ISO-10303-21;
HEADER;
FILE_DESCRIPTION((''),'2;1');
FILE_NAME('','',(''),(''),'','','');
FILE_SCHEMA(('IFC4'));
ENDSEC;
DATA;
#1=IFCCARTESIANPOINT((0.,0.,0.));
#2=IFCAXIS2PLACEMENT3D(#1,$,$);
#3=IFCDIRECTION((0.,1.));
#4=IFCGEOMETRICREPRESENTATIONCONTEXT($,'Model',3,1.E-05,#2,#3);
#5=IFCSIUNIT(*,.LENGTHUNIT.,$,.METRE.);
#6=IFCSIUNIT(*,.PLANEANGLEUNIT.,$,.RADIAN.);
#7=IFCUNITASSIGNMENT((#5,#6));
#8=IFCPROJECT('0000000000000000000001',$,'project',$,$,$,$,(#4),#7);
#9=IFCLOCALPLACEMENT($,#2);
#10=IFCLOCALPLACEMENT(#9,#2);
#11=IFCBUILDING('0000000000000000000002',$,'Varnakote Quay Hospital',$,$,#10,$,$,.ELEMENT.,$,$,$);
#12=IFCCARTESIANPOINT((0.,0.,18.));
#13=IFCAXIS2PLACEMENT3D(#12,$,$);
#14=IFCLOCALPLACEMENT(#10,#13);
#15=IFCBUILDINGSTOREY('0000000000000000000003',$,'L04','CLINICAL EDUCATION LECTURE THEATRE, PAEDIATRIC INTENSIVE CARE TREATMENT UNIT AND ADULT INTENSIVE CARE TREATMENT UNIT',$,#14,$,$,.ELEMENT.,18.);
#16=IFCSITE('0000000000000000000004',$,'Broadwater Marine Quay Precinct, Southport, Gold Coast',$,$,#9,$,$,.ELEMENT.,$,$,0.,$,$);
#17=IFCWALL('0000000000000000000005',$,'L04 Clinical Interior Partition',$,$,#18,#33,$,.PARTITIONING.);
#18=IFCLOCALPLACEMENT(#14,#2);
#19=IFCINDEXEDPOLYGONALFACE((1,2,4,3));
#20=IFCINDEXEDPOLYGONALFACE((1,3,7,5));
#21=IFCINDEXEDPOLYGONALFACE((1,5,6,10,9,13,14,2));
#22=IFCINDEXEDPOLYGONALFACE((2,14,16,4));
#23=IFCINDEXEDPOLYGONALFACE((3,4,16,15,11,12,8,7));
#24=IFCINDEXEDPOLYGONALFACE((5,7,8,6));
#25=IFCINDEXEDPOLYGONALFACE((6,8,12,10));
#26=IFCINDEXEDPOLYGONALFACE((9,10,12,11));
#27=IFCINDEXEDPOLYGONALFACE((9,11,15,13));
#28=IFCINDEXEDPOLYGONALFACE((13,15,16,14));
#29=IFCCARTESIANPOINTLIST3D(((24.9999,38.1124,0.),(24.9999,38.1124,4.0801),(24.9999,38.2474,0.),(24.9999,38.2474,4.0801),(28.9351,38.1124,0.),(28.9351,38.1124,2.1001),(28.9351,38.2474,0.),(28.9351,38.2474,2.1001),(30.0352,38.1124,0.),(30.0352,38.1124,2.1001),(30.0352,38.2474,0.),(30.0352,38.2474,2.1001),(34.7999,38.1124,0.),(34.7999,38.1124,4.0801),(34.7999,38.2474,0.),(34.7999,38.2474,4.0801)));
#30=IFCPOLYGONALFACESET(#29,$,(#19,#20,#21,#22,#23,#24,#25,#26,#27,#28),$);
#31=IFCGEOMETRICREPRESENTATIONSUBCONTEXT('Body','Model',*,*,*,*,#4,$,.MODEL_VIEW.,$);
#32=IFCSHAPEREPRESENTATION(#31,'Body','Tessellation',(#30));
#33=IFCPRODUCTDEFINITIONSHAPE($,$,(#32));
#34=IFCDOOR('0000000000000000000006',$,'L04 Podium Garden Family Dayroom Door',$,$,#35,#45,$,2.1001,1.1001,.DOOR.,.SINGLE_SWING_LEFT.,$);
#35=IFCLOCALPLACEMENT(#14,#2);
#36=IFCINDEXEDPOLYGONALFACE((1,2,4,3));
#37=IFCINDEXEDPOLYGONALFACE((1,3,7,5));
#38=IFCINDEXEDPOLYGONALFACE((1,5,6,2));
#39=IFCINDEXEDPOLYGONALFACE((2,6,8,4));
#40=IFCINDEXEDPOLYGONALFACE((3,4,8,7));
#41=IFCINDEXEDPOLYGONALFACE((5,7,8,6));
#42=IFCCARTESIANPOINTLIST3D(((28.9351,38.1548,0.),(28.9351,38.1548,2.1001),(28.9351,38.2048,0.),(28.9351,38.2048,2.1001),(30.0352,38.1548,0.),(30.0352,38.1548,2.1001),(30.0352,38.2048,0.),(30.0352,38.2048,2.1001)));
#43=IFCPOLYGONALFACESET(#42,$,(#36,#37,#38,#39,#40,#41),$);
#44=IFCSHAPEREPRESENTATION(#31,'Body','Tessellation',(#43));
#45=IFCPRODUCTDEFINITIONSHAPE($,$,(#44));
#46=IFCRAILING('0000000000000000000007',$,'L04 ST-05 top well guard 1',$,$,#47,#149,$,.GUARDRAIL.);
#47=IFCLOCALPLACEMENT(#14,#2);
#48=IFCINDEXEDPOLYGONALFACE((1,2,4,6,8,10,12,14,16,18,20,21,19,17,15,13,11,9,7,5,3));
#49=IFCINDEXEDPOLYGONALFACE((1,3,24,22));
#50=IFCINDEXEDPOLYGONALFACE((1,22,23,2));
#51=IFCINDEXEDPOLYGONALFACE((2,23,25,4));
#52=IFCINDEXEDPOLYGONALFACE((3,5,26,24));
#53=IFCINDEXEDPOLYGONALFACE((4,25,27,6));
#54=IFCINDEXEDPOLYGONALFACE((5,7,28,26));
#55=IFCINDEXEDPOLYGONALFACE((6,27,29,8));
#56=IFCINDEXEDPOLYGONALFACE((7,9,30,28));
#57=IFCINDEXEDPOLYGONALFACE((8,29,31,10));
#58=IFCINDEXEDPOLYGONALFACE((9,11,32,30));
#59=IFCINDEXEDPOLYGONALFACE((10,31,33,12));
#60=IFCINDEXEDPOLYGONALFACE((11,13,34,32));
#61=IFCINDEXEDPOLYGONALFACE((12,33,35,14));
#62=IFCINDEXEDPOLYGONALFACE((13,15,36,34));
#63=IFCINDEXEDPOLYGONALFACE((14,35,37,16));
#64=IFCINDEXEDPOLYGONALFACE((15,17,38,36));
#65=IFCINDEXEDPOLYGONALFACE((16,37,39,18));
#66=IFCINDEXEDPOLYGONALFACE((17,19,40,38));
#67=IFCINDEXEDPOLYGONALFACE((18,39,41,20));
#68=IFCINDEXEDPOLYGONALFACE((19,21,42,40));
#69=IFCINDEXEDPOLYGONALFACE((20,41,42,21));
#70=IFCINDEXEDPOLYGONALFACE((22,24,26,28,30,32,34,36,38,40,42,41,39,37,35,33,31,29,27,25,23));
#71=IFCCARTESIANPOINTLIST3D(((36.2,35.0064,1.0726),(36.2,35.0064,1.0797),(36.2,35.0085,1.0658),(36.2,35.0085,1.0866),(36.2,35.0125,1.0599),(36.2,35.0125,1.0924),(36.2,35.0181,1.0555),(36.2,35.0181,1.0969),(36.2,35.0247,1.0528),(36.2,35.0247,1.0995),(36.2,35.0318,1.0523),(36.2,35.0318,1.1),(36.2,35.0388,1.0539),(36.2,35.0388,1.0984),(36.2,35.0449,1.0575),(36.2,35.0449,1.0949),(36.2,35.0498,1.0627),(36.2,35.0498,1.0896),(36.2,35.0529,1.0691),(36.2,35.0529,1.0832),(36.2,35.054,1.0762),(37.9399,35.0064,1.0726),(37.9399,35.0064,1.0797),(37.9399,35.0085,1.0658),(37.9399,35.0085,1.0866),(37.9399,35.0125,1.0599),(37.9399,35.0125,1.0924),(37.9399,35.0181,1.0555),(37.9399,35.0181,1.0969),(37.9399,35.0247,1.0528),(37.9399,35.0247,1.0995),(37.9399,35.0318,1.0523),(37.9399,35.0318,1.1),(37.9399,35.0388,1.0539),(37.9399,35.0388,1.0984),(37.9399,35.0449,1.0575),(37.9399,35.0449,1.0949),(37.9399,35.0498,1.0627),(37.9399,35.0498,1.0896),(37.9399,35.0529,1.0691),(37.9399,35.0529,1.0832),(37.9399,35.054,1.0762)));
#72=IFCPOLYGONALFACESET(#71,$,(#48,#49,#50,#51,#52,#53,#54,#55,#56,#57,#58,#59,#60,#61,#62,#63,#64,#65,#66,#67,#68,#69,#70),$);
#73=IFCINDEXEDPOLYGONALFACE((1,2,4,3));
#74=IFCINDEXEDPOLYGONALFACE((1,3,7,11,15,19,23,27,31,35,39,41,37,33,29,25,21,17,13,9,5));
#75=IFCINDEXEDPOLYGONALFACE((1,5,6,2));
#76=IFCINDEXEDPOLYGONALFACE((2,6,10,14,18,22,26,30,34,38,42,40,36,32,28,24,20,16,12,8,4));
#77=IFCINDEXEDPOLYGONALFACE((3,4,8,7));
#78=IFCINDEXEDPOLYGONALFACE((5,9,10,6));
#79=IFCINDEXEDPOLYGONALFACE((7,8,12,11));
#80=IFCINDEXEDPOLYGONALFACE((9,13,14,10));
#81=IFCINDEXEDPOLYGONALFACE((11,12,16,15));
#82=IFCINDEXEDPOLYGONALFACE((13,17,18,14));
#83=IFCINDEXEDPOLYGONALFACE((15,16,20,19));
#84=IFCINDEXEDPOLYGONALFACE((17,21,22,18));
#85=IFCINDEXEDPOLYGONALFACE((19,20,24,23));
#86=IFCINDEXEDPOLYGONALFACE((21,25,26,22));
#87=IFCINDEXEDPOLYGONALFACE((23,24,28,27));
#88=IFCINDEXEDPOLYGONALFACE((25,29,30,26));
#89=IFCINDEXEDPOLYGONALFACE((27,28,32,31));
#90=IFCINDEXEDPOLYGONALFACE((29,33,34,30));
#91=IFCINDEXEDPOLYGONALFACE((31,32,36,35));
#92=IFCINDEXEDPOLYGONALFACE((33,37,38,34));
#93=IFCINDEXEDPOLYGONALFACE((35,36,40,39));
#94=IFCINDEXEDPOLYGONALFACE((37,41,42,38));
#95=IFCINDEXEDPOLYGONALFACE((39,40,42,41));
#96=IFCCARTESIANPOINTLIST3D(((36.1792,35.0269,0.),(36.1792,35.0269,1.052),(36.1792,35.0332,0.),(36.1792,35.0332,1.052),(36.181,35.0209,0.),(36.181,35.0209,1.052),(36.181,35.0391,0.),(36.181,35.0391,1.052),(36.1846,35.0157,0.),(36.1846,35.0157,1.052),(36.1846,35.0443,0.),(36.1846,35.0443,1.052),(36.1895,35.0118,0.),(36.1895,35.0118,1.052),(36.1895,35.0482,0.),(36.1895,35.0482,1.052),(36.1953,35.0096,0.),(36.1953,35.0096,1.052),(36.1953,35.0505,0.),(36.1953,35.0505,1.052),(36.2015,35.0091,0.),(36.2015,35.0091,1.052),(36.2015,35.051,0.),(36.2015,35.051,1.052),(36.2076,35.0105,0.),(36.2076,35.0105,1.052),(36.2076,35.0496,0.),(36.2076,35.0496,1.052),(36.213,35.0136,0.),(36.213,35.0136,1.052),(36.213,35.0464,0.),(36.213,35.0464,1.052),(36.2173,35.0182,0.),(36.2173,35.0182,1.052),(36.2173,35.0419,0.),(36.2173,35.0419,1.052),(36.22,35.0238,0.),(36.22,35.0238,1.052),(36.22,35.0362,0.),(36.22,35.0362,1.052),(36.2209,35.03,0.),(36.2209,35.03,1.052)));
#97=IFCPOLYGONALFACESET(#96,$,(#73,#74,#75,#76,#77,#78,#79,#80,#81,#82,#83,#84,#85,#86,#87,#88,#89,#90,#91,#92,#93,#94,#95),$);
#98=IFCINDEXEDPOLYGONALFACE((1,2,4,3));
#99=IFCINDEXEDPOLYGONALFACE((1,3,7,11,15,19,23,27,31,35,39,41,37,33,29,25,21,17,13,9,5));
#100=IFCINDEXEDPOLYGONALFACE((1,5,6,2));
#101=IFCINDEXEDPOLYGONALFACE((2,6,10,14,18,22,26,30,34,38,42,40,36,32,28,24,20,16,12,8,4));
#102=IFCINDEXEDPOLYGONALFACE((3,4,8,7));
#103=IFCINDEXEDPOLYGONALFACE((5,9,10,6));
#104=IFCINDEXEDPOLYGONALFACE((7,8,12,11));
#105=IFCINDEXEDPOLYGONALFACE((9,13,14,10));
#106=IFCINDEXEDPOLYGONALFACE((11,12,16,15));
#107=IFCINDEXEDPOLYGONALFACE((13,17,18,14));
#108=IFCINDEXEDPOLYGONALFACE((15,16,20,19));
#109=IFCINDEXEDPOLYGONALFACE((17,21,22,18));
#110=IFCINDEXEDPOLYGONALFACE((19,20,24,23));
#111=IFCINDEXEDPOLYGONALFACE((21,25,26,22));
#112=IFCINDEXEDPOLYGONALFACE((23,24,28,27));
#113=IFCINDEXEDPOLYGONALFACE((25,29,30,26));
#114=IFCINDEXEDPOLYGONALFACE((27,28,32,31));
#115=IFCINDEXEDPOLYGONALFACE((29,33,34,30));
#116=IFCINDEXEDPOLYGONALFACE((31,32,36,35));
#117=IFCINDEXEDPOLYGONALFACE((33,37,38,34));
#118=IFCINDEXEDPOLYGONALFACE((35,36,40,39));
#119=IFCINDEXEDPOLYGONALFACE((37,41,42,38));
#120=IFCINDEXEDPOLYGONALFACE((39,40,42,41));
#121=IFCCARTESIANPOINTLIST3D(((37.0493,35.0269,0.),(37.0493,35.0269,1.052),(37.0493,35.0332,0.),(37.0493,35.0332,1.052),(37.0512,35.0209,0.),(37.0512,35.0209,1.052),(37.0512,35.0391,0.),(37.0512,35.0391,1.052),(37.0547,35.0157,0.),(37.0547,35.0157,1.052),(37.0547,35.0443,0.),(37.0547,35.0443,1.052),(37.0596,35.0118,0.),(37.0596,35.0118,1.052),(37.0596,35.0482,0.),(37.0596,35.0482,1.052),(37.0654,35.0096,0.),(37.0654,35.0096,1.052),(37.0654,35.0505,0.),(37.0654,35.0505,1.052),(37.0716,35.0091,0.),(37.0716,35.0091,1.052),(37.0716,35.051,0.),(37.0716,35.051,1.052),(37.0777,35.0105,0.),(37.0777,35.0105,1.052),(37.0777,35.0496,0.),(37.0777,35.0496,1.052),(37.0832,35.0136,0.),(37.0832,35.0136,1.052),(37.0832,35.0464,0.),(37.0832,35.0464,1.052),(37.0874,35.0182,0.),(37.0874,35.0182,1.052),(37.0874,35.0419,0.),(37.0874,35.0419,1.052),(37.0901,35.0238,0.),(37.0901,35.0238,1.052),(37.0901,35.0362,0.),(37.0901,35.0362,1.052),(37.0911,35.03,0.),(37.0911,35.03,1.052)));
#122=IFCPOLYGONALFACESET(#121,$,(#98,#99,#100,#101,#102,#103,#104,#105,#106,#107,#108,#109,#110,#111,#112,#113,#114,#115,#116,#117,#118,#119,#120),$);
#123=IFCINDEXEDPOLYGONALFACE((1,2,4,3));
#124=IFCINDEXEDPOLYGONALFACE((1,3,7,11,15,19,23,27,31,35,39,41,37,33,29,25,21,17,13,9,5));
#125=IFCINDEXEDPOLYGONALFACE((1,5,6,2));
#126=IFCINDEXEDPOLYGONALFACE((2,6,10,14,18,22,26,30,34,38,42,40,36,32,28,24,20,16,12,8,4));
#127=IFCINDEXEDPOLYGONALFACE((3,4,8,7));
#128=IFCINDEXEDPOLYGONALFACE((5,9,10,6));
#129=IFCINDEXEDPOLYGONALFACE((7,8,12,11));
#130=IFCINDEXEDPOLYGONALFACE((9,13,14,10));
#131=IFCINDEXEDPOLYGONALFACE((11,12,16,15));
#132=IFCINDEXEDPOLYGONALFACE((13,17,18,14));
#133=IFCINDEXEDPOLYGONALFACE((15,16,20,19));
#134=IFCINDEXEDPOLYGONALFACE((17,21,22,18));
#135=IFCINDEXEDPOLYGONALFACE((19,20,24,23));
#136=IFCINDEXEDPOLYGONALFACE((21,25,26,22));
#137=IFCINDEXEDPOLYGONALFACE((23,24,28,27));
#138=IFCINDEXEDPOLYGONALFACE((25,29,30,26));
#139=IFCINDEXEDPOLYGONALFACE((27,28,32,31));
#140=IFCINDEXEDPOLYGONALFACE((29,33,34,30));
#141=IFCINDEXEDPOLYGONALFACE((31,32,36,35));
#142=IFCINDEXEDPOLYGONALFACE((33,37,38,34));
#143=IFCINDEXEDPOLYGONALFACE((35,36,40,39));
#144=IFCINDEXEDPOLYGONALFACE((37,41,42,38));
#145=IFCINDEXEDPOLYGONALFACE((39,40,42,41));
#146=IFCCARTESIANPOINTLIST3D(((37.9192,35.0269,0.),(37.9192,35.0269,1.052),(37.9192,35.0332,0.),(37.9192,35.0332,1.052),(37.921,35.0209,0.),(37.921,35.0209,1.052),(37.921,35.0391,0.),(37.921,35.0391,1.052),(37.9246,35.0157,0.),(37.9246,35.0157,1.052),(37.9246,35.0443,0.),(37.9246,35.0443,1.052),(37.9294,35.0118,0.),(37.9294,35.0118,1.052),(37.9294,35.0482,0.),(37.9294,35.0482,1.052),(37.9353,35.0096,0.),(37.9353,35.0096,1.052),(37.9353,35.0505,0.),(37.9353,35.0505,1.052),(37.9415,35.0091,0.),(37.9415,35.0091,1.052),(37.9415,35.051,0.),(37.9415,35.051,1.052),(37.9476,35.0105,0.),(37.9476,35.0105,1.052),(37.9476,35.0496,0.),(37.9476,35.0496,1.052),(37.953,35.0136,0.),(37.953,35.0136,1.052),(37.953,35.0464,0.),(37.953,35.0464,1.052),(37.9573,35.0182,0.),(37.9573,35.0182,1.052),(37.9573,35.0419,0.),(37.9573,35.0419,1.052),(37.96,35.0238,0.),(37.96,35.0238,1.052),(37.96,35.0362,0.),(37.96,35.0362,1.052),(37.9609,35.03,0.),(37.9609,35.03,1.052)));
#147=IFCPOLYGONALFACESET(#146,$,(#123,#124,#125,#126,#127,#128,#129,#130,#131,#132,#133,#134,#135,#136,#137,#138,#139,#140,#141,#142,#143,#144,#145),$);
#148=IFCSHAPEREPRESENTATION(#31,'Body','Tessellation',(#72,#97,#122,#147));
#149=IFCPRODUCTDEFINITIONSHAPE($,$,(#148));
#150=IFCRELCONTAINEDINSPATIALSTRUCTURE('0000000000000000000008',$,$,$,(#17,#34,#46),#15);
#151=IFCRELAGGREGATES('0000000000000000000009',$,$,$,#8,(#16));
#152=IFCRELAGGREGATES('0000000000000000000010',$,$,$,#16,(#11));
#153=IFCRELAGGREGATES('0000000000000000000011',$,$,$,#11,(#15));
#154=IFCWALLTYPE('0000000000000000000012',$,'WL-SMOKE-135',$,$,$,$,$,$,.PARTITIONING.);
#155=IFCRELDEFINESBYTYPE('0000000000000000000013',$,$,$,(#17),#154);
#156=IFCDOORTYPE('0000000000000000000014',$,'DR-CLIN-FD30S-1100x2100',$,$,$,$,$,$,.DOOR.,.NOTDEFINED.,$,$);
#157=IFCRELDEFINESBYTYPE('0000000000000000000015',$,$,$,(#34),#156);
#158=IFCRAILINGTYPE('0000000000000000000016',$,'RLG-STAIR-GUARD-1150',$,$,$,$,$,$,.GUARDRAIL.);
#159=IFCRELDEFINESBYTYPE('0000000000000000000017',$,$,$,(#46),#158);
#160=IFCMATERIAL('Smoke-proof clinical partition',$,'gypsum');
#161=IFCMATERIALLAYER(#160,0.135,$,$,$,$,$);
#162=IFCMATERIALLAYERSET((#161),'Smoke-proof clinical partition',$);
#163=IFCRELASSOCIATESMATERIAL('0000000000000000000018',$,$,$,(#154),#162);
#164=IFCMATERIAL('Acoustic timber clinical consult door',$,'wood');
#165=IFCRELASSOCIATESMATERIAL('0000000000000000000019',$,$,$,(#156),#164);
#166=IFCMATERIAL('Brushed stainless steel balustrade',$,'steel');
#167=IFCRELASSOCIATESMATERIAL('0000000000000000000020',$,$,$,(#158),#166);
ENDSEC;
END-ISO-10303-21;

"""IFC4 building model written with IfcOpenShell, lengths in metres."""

from ifc_helpers import new_model, si_unit, direction, frame, frame_2d, origin, origin_2d, place, context, subcontext, project, spatial, rectangle, circle, extrude, material, layer, layer_set, type_object, element, fill, save


model = new_model("IFC4")

# Units and contexts
model_context = context("Model", 3, precision=1e-05, world=origin(), true_north=direction((0.0, 1.0)))
body_context = subcontext(model_context, "Body", "Model", "MODEL_VIEW")
ifc_project = project(units=[si_unit("LENGTHUNIT", "METRE"), si_unit("PLANEANGLEUNIT", "RADIAN")], contexts=[model_context])

# Site, building, storey
site_placement = place(None, origin())
site = spatial("IfcSite", under=ifc_project, at=site_placement, Name="Broadwater Marine Quay Precinct, Southport, Gold Coast", CompositionType="ELEMENT", RefElevation=0.0)
building_placement = place(site_placement, origin())
building = spatial("IfcBuilding", under=site, at=building_placement, Name="Varnakote Quay Hospital", CompositionType="ELEMENT")
storey_placement = place(building_placement, frame((0.0, 0.0, 18.0)))
storey = spatial("IfcBuildingStorey", under=building, at=storey_placement, Name="L04", Description="CLINICAL EDUCATION LECTURE THEATRE, PAEDIATRIC INTENSIVE CARE TREATMENT UNIT AND ADULT INTENSIVE CARE TREATMENT UNIT", CompositionType="ELEMENT", Elevation=18.0)

# Shared definitions
ifc_material_1 = material(Name="Smoke-proof clinical partition", Category="gypsum")
ifc_layer_1 = layer(ifc_material_1, 0.135)
ifc_layer_set_1 = layer_set([ifc_layer_1], Name="Smoke-proof clinical partition")
wall_type_1 = type_object("IfcWallType", Name="WL-SMOKE-135", PredefinedType="PARTITIONING", material=ifc_layer_set_1)

# Wall, opening, door
wall_1_placement = place(storey_placement, frame((25.0, 38.1799, 0.0), z_axis=(0.0, 0.0, 1.0), x_axis=(1.0, 0.0, 0.0)))
wall_1 = element("IfcWall", 1, at=wall_1_placement, inside=storey, type_object=wall_type_1, Name="L04 Clinical Interior Partition", PredefinedType="PARTITIONING", context=body_context, shape_type="SweptSolid", body=[
    extrude(rectangle(XDim=9.8, YDim=0.135, at=frame_2d((4.8999, 0.0))), origin(), (0.0, 0.0, 1.0), 4.0801),
])
opening_1_placement = place(wall_1_placement, frame((3.9351, 0.0, 0.0)))
opening_1 = element("IfcOpeningElement", 2, at=opening_1_placement, cuts=wall_1, PredefinedType="OPENING", context=body_context, shape_type="SweptSolid", body=[
    extrude(rectangle(XDim=1.1001, YDim=2.1001, at=frame_2d((0.55, 1.05))), frame((0.0, 0.0774, 0.0), z_axis=(0.0, -1.0, 0.0), x_axis=(1.0, 0.0, 0.0)), (0.0, 0.0, 1.0), 0.155),
])
ifc_material_2 = material(Name="Acoustic timber clinical consult door", Category="wood")
door_type_1 = type_object("IfcDoorType", Name="DR-CLIN-FD30S-1100x2100", OperationType="NOTDEFINED", PredefinedType="DOOR", material=ifc_material_2)
door_1_placement = place(opening_1_placement, origin())
door_1 = element("IfcDoor", 3, at=door_1_placement, inside=storey, type_object=door_type_1, Name="L04 Podium Garden Family Dayroom Door", OperationType="SINGLE_SWING_LEFT", OverallHeight=2.1001, OverallWidth=1.1001, PredefinedType="DOOR", context=body_context, shape_type="SweptSolid", body=[
    extrude(rectangle(XDim=1.1001, YDim=2.1001, at=frame_2d((0.55, 1.05))), frame((0.0, 0.0249, 0.0), z_axis=(0.0, -1.0, 0.0), x_axis=(1.0, 0.0, 0.0)), (0.0, 0.0, 1.0), 0.05),
])
fill(opening_1, door_1)

# Railing
ifc_material_3 = material(Name="Brushed stainless steel balustrade", Category="steel")
railing_type = type_object("IfcRailingType", Name="RLG-STAIR-GUARD-1150", PredefinedType="GUARDRAIL", material=ifc_material_3)
railing_placement = place(storey_placement, frame((36.2, 35.03, 0.0)))
element("IfcRailing", 4, at=railing_placement, inside=storey, type_object=railing_type, Name="L04 ST-05 top well guard 1", PredefinedType="GUARDRAIL", context=body_context, shape_type="SweptSolid", body=[
    extrude(circle(Radius=0.0239, at=origin_2d()), frame((0.0, 0.0, 1.0762), z_axis=(1.0, 0.0, 0.0), x_axis=(0.0, 1.0, 0.0)), (0.0, 0.0, 1.0), 1.74),
    extrude(circle(Radius=0.021, at=origin_2d()), origin(), (0.0, 0.0, 1.0), 1.052),
    extrude(circle(Radius=0.021, at=origin_2d()), frame((0.8701, 0.0, 0.0)), (0.0, 0.0, 1.0), 1.052),
    extrude(circle(Radius=0.021, at=origin_2d()), frame((1.74, 0.0, 0.0)), (0.0, 0.0, 1.0), 1.052),
])

save(model, "model.ifc")
